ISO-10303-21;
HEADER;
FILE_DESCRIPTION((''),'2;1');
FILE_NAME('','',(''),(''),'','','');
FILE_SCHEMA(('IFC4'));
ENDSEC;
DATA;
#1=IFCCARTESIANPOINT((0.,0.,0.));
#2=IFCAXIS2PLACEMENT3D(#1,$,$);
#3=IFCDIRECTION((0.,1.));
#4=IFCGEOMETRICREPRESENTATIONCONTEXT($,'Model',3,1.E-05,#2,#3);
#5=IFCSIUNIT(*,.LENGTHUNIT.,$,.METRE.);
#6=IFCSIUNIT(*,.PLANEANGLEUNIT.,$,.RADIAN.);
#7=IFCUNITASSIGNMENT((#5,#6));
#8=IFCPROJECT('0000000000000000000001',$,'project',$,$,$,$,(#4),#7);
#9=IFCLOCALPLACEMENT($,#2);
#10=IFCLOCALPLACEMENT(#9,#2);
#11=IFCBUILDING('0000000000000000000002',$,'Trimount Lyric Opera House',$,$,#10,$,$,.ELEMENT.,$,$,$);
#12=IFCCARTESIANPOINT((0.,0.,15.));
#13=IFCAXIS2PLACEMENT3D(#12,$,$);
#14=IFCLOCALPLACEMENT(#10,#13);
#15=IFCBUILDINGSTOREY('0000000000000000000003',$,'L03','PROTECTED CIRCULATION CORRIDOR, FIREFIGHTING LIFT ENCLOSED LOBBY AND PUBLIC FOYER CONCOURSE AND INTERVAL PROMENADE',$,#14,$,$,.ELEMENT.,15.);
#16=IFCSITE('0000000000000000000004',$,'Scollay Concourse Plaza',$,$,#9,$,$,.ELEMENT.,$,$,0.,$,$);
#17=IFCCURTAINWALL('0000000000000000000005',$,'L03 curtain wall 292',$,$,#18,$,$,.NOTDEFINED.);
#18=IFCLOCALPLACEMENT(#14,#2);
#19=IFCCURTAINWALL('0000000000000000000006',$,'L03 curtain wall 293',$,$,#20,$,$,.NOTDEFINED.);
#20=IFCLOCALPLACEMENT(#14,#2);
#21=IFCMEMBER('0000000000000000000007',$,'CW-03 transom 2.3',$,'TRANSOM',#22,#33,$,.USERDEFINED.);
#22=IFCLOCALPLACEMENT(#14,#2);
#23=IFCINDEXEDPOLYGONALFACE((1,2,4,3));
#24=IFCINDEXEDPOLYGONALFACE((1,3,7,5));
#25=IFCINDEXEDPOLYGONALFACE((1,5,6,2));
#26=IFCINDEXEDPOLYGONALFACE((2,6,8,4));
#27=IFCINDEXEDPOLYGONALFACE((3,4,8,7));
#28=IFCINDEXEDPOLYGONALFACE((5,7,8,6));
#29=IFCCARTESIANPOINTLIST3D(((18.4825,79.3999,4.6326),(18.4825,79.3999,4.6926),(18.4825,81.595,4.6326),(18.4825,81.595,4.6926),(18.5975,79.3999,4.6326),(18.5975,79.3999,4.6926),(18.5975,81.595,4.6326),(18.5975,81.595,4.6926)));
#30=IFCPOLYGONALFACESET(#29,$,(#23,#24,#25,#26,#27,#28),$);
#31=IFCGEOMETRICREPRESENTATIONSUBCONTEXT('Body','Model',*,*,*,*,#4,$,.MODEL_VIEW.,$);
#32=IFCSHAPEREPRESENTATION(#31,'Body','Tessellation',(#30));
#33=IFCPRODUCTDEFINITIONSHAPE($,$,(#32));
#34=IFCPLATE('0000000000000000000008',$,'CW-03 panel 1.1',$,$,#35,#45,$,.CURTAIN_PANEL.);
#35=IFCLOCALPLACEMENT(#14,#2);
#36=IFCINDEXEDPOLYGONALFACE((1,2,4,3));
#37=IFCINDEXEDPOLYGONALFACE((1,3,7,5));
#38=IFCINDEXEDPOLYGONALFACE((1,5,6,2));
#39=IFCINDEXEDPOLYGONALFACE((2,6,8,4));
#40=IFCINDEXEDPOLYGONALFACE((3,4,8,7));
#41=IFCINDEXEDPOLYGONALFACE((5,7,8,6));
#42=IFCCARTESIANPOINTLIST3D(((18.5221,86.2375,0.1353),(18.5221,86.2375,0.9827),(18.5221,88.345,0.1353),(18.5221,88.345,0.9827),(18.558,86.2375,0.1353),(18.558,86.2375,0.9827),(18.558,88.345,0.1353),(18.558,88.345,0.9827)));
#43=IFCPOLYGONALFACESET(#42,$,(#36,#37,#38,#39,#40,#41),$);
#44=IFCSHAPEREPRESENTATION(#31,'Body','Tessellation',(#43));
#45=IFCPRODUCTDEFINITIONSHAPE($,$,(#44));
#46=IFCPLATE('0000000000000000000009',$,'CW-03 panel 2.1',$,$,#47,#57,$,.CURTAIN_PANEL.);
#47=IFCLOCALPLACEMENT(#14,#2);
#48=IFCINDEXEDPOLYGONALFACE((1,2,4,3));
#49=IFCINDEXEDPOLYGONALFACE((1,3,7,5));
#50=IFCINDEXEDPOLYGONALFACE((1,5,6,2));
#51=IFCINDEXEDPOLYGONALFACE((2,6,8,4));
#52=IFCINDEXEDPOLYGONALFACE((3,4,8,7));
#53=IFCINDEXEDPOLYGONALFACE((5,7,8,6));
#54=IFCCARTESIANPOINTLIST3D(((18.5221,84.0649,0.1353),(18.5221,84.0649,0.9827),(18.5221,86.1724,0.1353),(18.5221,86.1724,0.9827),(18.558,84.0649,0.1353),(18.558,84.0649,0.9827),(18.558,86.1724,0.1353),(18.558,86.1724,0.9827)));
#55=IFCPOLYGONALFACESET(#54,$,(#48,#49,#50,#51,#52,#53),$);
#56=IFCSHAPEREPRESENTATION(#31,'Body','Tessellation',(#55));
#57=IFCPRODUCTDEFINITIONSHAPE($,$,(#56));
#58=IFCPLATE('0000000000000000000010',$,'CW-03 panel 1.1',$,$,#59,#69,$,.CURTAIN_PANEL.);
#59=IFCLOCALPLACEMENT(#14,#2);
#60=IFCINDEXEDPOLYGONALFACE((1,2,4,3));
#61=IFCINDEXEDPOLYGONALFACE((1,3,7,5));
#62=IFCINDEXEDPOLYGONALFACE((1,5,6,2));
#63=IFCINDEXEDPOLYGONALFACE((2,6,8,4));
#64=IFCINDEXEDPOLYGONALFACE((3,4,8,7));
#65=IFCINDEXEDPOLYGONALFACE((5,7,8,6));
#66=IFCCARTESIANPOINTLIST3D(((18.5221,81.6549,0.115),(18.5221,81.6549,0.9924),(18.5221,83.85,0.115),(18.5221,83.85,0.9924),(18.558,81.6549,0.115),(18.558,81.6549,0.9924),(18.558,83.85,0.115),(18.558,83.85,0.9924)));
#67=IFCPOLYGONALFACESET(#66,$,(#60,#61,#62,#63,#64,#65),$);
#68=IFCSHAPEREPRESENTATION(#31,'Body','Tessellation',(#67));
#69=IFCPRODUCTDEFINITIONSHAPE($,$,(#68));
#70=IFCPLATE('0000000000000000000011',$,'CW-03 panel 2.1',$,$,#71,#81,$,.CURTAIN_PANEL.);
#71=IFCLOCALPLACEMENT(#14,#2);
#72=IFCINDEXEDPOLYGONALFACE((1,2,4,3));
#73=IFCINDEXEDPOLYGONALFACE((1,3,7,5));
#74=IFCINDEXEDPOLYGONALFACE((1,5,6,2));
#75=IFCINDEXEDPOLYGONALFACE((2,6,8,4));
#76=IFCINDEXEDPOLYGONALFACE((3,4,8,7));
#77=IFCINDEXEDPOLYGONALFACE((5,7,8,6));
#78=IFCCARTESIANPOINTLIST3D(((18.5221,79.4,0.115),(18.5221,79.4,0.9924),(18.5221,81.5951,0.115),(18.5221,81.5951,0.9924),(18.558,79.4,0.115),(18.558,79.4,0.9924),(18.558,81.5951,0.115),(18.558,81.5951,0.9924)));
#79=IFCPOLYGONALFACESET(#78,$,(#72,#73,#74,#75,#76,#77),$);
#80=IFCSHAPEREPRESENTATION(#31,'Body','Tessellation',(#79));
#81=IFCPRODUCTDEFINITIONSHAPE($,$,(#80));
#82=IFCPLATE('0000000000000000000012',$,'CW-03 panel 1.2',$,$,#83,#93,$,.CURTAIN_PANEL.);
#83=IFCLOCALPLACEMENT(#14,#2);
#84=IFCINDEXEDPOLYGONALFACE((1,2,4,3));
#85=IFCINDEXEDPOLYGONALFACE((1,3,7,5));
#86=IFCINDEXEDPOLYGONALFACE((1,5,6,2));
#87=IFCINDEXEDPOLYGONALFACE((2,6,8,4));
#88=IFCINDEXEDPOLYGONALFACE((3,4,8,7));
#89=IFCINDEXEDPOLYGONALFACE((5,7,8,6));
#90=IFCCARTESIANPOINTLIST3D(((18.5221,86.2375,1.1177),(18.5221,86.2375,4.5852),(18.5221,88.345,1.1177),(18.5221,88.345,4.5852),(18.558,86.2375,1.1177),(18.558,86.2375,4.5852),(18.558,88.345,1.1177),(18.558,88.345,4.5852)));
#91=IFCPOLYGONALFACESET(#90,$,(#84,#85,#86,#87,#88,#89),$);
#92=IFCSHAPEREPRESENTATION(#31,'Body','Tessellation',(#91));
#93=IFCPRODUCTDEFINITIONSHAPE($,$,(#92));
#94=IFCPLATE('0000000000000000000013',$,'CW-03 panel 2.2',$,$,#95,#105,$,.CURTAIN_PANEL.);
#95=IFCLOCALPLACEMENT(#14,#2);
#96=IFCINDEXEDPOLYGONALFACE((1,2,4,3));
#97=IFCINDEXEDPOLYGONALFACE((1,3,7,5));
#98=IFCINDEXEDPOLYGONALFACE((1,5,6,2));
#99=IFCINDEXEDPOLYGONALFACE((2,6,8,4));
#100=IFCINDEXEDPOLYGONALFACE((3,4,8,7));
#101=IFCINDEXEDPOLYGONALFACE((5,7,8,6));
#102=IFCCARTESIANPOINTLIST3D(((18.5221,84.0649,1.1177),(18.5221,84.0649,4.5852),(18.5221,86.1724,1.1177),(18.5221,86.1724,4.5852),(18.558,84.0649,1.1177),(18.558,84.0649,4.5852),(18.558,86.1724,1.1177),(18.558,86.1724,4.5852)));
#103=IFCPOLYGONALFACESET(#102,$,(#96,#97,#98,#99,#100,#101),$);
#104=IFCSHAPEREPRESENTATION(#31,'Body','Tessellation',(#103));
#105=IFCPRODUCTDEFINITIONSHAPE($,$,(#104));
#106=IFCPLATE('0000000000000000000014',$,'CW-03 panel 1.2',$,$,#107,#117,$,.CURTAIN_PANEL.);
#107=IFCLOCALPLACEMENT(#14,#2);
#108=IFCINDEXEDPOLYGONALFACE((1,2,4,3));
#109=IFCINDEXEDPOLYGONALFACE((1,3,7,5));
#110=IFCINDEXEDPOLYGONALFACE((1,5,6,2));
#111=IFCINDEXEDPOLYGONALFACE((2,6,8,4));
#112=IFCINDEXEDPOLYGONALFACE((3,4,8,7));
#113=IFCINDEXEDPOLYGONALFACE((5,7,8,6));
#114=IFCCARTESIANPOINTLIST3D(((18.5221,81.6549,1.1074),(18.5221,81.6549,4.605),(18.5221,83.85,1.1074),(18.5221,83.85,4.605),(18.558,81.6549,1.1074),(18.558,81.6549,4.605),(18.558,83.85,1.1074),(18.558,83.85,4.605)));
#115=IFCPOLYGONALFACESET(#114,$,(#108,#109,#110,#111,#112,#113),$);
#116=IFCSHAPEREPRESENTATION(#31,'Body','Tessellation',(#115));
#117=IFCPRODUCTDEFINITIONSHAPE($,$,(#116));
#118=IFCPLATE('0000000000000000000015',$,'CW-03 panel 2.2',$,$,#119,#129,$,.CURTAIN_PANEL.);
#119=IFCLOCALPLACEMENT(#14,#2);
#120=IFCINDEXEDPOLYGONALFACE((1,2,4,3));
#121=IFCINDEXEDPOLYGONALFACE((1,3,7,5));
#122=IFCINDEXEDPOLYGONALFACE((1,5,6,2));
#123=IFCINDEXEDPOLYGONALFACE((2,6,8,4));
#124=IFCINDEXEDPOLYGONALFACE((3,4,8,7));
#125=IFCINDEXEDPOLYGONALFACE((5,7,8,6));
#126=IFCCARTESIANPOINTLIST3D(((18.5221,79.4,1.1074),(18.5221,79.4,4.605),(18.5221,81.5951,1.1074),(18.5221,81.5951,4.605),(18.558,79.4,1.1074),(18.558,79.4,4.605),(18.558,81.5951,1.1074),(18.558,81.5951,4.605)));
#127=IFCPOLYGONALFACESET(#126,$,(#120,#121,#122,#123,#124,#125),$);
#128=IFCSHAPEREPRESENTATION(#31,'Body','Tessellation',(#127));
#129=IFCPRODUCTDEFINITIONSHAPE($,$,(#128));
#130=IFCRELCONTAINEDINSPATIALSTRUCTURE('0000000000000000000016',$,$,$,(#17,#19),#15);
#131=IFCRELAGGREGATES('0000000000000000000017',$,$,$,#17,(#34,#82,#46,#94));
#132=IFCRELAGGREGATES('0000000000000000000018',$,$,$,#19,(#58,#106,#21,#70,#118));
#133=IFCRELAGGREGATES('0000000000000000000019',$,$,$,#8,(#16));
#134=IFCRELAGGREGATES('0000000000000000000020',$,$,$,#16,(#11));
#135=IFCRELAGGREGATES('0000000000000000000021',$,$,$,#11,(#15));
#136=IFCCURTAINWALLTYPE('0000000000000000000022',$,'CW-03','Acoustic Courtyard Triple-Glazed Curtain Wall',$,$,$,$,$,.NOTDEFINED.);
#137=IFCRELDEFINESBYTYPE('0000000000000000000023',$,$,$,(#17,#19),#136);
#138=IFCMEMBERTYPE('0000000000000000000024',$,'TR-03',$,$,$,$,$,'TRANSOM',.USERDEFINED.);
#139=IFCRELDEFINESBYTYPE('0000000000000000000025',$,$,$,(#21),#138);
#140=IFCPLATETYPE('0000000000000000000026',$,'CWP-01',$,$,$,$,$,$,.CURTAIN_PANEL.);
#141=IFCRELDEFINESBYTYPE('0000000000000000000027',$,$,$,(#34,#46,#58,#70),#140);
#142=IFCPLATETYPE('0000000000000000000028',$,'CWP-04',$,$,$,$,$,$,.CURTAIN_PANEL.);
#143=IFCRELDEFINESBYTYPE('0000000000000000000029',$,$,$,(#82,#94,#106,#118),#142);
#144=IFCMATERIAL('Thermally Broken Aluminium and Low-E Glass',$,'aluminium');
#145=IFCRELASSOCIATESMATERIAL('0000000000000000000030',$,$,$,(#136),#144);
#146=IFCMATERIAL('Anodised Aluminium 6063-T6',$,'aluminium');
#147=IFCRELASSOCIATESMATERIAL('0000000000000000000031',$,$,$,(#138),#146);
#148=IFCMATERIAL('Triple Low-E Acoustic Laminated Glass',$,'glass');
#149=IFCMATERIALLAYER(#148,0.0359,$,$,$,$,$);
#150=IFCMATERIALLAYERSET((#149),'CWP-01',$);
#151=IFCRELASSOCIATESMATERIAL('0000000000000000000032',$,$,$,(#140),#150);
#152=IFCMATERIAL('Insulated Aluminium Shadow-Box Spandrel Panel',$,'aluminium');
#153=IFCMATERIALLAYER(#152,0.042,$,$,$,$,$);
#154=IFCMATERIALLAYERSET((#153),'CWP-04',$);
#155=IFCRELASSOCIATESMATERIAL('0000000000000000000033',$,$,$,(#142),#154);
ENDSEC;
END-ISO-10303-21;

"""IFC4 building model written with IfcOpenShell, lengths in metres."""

from ifc_helpers import new_model, si_unit, direction, frame, origin, origin_2d, place, context, subcontext, project, spatial, rectangle, extrude, material, layer, layer_set, material_profile, profile_set, type_object, element, aggregate, save


model = new_model("IFC4")

# Units and contexts
model_context = context("Model", 3, precision=1e-05, world=origin(), true_north=direction((0.0, 1.0)))
body_context = subcontext(model_context, "Body", "Model", "MODEL_VIEW")
ifc_project = project(units=[si_unit("LENGTHUNIT", "METRE"), si_unit("PLANEANGLEUNIT", "RADIAN")], contexts=[model_context])

# Site, building, storey
site_placement = place(None, origin())
site = spatial("IfcSite", under=ifc_project, at=site_placement, Name="Scollay Concourse Plaza", CompositionType="ELEMENT", RefElevation=0.0)
building_placement = place(site_placement, origin())
building = spatial("IfcBuilding", under=site, at=building_placement, Name="Trimount Lyric Opera House", CompositionType="ELEMENT")
storey_placement = place(building_placement, frame((0.0, 0.0, 15.0)))
storey = spatial("IfcBuildingStorey", under=building, at=storey_placement, Name="L03", Description="PROTECTED CIRCULATION CORRIDOR, FIREFIGHTING LIFT ENCLOSED LOBBY AND PUBLIC FOYER CONCOURSE AND INTERVAL PROMENADE", CompositionType="ELEMENT", Elevation=15.0)

# Shared definitions
ifc_material_1 = material(Name="Thermally Broken Aluminium and Low-E Glass", Category="aluminium")
curtain_wall_type = type_object("IfcCurtainWallType", Name="CW-03", Description="Acoustic Courtyard Triple-Glazed Curtain Wall", PredefinedType="NOTDEFINED", material=ifc_material_1)

# Curtain walls
curtain_wall_1_placement = place(storey_placement, origin())
curtain_wall_1 = element("IfcCurtainWall", 1, at=curtain_wall_1_placement, inside=storey, type_object=curtain_wall_type, Name="L03 curtain wall 292", PredefinedType="NOTDEFINED")
curtain_wall_2_placement = place(storey_placement, origin())
curtain_wall_2 = element("IfcCurtainWall", 2, at=curtain_wall_2_placement, inside=storey, type_object=curtain_wall_type, Name="L03 curtain wall 293", PredefinedType="NOTDEFINED")

# Member
ifc_material_2 = material(Name="Anodised Aluminium 6063-T6", Category="aluminium")
ifc_material_profile_1 = material_profile(ifc_material_2, rectangle(XDim=0.115, YDim=0.0601, at=origin_2d()), Name="ALU-TRAN-60X115")
ifc_profile_set_1 = profile_set([ifc_material_profile_1], Name="Anodised Aluminium 6063-T6")
member_type_1 = type_object("IfcMemberType", Name="TR-03", ElementType="TRANSOM", PredefinedType="USERDEFINED", material=ifc_profile_set_1)
member_1_placement = place(storey_placement, frame((18.54, 81.595, 4.6626), z_axis=(0.0, -1.0, 0.0), x_axis=(1.0, 0.0, 0.0)))
member_1 = element("IfcMember", 3, at=member_1_placement, type_object=member_type_1, Name="CW-03 transom 2.3", ObjectType="TRANSOM", PredefinedType="USERDEFINED", context=body_context, shape_type="SweptSolid", body=[
    extrude(rectangle(XDim=0.115, YDim=0.0601, at=origin_2d()), origin(), (0.0, 0.0, 1.0), 2.1951),
])

# Plates
ifc_material_3 = material(Name="Triple Low-E Acoustic Laminated Glass", Category="glass")
ifc_layer_1 = layer(ifc_material_3, 0.0359)
ifc_layer_set_1 = layer_set([ifc_layer_1], Name="CWP-01")
plate_type_1 = type_object("IfcPlateType", Name="CWP-01", PredefinedType="CURTAIN_PANEL", material=ifc_layer_set_1)
plate_1_placement = place(storey_placement, frame((18.54, 87.2913, 0.1353), z_axis=(0.0, 0.0, 1.0), x_axis=(0.0, -1.0, 0.0)))
plate_1 = element("IfcPlate", 4, at=plate_1_placement, type_object=plate_type_1, Name="CW-03 panel 1.1", PredefinedType="CURTAIN_PANEL", context=body_context, shape_type="SweptSolid", body=[
    extrude(rectangle(XDim=2.1074, YDim=0.0359, at=origin_2d()), origin(), (0.0, 0.0, 1.0), 0.8474),
])
plate_2_placement = place(storey_placement, frame((18.54, 85.1187, 0.1353), z_axis=(0.0, 0.0, 1.0), x_axis=(0.0, -1.0, 0.0)))
plate_2 = element("IfcPlate", 5, at=plate_2_placement, type_object=plate_type_1, Name="CW-03 panel 2.1", PredefinedType="CURTAIN_PANEL", context=body_context, shape_type="SweptSolid", body=[
    extrude(rectangle(XDim=2.1074, YDim=0.0359, at=origin_2d()), origin(), (0.0, 0.0, 1.0), 0.8474),
])
plate_3_placement = place(storey_placement, frame((18.54, 82.7524, 0.115), z_axis=(0.0, 0.0, 1.0), x_axis=(0.0, -1.0, 0.0)))
plate_3 = element("IfcPlate", 6, at=plate_3_placement, type_object=plate_type_1, Name="CW-03 panel 1.1", PredefinedType="CURTAIN_PANEL", context=body_context, shape_type="SweptSolid", body=[
    extrude(rectangle(XDim=2.1951, YDim=0.0359, at=origin_2d()), origin(), (0.0, 0.0, 1.0), 0.8774),
])
plate_4_placement = place(storey_placement, frame((18.54, 80.4976, 0.115), z_axis=(0.0, 0.0, 1.0), x_axis=(0.0, -1.0, 0.0)))
plate_4 = element("IfcPlate", 7, at=plate_4_placement, type_object=plate_type_1, Name="CW-03 panel 2.1", PredefinedType="CURTAIN_PANEL", context=body_context, shape_type="SweptSolid", body=[
    extrude(rectangle(XDim=2.1951, YDim=0.0359, at=origin_2d()), origin(), (0.0, 0.0, 1.0), 0.8774),
])
ifc_material_4 = material(Name="Insulated Aluminium Shadow-Box Spandrel Panel", Category="aluminium")
ifc_layer_2 = layer(ifc_material_4, 0.042)
ifc_layer_set_2 = layer_set([ifc_layer_2], Name="CWP-04")
plate_type_2 = type_object("IfcPlateType", Name="CWP-04", PredefinedType="CURTAIN_PANEL", material=ifc_layer_set_2)
plate_5_placement = place(storey_placement, frame((18.54, 87.2913, 1.1177), z_axis=(0.0, 0.0, 1.0), x_axis=(0.0, -1.0, 0.0)))
plate_5 = element("IfcPlate", 8, at=plate_5_placement, type_object=plate_type_2, Name="CW-03 panel 1.2", PredefinedType="CURTAIN_PANEL", context=body_context, shape_type="SweptSolid", body=[
    extrude(rectangle(XDim=2.1074, YDim=0.0359, at=origin_2d()), origin(), (0.0, 0.0, 1.0), 3.4675),
])
plate_6_placement = place(storey_placement, frame((18.54, 85.1187, 1.1177), z_axis=(0.0, 0.0, 1.0), x_axis=(0.0, -1.0, 0.0)))
plate_6 = element("IfcPlate", 9, at=plate_6_placement, type_object=plate_type_2, Name="CW-03 panel 2.2", PredefinedType="CURTAIN_PANEL", context=body_context, shape_type="SweptSolid", body=[
    extrude(rectangle(XDim=2.1074, YDim=0.0359, at=origin_2d()), origin(), (0.0, 0.0, 1.0), 3.4675),
])
aggregate(curtain_wall_1, [plate_1, plate_5, plate_2, plate_6])
plate_7_placement = place(storey_placement, frame((18.54, 82.7524, 1.1074), z_axis=(0.0, 0.0, 1.0), x_axis=(0.0, -1.0, 0.0)))
plate_7 = element("IfcPlate", 10, at=plate_7_placement, type_object=plate_type_2, Name="CW-03 panel 1.2", PredefinedType="CURTAIN_PANEL", context=body_context, shape_type="SweptSolid", body=[
    extrude(rectangle(XDim=2.1951, YDim=0.0359, at=origin_2d()), origin(), (0.0, 0.0, 1.0), 3.4976),
])
plate_8_placement = place(storey_placement, frame((18.54, 80.4976, 1.1074), z_axis=(0.0, 0.0, 1.0), x_axis=(0.0, -1.0, 0.0)))
plate_8 = element("IfcPlate", 11, at=plate_8_placement, type_object=plate_type_2, Name="CW-03 panel 2.2", PredefinedType="CURTAIN_PANEL", context=body_context, shape_type="SweptSolid", body=[
    extrude(rectangle(XDim=2.1951, YDim=0.0359, at=origin_2d()), origin(), (0.0, 0.0, 1.0), 3.4976),
])
aggregate(curtain_wall_2, [plate_3, plate_7, member_1, plate_4, plate_8])

save(model, "model.ifc")
